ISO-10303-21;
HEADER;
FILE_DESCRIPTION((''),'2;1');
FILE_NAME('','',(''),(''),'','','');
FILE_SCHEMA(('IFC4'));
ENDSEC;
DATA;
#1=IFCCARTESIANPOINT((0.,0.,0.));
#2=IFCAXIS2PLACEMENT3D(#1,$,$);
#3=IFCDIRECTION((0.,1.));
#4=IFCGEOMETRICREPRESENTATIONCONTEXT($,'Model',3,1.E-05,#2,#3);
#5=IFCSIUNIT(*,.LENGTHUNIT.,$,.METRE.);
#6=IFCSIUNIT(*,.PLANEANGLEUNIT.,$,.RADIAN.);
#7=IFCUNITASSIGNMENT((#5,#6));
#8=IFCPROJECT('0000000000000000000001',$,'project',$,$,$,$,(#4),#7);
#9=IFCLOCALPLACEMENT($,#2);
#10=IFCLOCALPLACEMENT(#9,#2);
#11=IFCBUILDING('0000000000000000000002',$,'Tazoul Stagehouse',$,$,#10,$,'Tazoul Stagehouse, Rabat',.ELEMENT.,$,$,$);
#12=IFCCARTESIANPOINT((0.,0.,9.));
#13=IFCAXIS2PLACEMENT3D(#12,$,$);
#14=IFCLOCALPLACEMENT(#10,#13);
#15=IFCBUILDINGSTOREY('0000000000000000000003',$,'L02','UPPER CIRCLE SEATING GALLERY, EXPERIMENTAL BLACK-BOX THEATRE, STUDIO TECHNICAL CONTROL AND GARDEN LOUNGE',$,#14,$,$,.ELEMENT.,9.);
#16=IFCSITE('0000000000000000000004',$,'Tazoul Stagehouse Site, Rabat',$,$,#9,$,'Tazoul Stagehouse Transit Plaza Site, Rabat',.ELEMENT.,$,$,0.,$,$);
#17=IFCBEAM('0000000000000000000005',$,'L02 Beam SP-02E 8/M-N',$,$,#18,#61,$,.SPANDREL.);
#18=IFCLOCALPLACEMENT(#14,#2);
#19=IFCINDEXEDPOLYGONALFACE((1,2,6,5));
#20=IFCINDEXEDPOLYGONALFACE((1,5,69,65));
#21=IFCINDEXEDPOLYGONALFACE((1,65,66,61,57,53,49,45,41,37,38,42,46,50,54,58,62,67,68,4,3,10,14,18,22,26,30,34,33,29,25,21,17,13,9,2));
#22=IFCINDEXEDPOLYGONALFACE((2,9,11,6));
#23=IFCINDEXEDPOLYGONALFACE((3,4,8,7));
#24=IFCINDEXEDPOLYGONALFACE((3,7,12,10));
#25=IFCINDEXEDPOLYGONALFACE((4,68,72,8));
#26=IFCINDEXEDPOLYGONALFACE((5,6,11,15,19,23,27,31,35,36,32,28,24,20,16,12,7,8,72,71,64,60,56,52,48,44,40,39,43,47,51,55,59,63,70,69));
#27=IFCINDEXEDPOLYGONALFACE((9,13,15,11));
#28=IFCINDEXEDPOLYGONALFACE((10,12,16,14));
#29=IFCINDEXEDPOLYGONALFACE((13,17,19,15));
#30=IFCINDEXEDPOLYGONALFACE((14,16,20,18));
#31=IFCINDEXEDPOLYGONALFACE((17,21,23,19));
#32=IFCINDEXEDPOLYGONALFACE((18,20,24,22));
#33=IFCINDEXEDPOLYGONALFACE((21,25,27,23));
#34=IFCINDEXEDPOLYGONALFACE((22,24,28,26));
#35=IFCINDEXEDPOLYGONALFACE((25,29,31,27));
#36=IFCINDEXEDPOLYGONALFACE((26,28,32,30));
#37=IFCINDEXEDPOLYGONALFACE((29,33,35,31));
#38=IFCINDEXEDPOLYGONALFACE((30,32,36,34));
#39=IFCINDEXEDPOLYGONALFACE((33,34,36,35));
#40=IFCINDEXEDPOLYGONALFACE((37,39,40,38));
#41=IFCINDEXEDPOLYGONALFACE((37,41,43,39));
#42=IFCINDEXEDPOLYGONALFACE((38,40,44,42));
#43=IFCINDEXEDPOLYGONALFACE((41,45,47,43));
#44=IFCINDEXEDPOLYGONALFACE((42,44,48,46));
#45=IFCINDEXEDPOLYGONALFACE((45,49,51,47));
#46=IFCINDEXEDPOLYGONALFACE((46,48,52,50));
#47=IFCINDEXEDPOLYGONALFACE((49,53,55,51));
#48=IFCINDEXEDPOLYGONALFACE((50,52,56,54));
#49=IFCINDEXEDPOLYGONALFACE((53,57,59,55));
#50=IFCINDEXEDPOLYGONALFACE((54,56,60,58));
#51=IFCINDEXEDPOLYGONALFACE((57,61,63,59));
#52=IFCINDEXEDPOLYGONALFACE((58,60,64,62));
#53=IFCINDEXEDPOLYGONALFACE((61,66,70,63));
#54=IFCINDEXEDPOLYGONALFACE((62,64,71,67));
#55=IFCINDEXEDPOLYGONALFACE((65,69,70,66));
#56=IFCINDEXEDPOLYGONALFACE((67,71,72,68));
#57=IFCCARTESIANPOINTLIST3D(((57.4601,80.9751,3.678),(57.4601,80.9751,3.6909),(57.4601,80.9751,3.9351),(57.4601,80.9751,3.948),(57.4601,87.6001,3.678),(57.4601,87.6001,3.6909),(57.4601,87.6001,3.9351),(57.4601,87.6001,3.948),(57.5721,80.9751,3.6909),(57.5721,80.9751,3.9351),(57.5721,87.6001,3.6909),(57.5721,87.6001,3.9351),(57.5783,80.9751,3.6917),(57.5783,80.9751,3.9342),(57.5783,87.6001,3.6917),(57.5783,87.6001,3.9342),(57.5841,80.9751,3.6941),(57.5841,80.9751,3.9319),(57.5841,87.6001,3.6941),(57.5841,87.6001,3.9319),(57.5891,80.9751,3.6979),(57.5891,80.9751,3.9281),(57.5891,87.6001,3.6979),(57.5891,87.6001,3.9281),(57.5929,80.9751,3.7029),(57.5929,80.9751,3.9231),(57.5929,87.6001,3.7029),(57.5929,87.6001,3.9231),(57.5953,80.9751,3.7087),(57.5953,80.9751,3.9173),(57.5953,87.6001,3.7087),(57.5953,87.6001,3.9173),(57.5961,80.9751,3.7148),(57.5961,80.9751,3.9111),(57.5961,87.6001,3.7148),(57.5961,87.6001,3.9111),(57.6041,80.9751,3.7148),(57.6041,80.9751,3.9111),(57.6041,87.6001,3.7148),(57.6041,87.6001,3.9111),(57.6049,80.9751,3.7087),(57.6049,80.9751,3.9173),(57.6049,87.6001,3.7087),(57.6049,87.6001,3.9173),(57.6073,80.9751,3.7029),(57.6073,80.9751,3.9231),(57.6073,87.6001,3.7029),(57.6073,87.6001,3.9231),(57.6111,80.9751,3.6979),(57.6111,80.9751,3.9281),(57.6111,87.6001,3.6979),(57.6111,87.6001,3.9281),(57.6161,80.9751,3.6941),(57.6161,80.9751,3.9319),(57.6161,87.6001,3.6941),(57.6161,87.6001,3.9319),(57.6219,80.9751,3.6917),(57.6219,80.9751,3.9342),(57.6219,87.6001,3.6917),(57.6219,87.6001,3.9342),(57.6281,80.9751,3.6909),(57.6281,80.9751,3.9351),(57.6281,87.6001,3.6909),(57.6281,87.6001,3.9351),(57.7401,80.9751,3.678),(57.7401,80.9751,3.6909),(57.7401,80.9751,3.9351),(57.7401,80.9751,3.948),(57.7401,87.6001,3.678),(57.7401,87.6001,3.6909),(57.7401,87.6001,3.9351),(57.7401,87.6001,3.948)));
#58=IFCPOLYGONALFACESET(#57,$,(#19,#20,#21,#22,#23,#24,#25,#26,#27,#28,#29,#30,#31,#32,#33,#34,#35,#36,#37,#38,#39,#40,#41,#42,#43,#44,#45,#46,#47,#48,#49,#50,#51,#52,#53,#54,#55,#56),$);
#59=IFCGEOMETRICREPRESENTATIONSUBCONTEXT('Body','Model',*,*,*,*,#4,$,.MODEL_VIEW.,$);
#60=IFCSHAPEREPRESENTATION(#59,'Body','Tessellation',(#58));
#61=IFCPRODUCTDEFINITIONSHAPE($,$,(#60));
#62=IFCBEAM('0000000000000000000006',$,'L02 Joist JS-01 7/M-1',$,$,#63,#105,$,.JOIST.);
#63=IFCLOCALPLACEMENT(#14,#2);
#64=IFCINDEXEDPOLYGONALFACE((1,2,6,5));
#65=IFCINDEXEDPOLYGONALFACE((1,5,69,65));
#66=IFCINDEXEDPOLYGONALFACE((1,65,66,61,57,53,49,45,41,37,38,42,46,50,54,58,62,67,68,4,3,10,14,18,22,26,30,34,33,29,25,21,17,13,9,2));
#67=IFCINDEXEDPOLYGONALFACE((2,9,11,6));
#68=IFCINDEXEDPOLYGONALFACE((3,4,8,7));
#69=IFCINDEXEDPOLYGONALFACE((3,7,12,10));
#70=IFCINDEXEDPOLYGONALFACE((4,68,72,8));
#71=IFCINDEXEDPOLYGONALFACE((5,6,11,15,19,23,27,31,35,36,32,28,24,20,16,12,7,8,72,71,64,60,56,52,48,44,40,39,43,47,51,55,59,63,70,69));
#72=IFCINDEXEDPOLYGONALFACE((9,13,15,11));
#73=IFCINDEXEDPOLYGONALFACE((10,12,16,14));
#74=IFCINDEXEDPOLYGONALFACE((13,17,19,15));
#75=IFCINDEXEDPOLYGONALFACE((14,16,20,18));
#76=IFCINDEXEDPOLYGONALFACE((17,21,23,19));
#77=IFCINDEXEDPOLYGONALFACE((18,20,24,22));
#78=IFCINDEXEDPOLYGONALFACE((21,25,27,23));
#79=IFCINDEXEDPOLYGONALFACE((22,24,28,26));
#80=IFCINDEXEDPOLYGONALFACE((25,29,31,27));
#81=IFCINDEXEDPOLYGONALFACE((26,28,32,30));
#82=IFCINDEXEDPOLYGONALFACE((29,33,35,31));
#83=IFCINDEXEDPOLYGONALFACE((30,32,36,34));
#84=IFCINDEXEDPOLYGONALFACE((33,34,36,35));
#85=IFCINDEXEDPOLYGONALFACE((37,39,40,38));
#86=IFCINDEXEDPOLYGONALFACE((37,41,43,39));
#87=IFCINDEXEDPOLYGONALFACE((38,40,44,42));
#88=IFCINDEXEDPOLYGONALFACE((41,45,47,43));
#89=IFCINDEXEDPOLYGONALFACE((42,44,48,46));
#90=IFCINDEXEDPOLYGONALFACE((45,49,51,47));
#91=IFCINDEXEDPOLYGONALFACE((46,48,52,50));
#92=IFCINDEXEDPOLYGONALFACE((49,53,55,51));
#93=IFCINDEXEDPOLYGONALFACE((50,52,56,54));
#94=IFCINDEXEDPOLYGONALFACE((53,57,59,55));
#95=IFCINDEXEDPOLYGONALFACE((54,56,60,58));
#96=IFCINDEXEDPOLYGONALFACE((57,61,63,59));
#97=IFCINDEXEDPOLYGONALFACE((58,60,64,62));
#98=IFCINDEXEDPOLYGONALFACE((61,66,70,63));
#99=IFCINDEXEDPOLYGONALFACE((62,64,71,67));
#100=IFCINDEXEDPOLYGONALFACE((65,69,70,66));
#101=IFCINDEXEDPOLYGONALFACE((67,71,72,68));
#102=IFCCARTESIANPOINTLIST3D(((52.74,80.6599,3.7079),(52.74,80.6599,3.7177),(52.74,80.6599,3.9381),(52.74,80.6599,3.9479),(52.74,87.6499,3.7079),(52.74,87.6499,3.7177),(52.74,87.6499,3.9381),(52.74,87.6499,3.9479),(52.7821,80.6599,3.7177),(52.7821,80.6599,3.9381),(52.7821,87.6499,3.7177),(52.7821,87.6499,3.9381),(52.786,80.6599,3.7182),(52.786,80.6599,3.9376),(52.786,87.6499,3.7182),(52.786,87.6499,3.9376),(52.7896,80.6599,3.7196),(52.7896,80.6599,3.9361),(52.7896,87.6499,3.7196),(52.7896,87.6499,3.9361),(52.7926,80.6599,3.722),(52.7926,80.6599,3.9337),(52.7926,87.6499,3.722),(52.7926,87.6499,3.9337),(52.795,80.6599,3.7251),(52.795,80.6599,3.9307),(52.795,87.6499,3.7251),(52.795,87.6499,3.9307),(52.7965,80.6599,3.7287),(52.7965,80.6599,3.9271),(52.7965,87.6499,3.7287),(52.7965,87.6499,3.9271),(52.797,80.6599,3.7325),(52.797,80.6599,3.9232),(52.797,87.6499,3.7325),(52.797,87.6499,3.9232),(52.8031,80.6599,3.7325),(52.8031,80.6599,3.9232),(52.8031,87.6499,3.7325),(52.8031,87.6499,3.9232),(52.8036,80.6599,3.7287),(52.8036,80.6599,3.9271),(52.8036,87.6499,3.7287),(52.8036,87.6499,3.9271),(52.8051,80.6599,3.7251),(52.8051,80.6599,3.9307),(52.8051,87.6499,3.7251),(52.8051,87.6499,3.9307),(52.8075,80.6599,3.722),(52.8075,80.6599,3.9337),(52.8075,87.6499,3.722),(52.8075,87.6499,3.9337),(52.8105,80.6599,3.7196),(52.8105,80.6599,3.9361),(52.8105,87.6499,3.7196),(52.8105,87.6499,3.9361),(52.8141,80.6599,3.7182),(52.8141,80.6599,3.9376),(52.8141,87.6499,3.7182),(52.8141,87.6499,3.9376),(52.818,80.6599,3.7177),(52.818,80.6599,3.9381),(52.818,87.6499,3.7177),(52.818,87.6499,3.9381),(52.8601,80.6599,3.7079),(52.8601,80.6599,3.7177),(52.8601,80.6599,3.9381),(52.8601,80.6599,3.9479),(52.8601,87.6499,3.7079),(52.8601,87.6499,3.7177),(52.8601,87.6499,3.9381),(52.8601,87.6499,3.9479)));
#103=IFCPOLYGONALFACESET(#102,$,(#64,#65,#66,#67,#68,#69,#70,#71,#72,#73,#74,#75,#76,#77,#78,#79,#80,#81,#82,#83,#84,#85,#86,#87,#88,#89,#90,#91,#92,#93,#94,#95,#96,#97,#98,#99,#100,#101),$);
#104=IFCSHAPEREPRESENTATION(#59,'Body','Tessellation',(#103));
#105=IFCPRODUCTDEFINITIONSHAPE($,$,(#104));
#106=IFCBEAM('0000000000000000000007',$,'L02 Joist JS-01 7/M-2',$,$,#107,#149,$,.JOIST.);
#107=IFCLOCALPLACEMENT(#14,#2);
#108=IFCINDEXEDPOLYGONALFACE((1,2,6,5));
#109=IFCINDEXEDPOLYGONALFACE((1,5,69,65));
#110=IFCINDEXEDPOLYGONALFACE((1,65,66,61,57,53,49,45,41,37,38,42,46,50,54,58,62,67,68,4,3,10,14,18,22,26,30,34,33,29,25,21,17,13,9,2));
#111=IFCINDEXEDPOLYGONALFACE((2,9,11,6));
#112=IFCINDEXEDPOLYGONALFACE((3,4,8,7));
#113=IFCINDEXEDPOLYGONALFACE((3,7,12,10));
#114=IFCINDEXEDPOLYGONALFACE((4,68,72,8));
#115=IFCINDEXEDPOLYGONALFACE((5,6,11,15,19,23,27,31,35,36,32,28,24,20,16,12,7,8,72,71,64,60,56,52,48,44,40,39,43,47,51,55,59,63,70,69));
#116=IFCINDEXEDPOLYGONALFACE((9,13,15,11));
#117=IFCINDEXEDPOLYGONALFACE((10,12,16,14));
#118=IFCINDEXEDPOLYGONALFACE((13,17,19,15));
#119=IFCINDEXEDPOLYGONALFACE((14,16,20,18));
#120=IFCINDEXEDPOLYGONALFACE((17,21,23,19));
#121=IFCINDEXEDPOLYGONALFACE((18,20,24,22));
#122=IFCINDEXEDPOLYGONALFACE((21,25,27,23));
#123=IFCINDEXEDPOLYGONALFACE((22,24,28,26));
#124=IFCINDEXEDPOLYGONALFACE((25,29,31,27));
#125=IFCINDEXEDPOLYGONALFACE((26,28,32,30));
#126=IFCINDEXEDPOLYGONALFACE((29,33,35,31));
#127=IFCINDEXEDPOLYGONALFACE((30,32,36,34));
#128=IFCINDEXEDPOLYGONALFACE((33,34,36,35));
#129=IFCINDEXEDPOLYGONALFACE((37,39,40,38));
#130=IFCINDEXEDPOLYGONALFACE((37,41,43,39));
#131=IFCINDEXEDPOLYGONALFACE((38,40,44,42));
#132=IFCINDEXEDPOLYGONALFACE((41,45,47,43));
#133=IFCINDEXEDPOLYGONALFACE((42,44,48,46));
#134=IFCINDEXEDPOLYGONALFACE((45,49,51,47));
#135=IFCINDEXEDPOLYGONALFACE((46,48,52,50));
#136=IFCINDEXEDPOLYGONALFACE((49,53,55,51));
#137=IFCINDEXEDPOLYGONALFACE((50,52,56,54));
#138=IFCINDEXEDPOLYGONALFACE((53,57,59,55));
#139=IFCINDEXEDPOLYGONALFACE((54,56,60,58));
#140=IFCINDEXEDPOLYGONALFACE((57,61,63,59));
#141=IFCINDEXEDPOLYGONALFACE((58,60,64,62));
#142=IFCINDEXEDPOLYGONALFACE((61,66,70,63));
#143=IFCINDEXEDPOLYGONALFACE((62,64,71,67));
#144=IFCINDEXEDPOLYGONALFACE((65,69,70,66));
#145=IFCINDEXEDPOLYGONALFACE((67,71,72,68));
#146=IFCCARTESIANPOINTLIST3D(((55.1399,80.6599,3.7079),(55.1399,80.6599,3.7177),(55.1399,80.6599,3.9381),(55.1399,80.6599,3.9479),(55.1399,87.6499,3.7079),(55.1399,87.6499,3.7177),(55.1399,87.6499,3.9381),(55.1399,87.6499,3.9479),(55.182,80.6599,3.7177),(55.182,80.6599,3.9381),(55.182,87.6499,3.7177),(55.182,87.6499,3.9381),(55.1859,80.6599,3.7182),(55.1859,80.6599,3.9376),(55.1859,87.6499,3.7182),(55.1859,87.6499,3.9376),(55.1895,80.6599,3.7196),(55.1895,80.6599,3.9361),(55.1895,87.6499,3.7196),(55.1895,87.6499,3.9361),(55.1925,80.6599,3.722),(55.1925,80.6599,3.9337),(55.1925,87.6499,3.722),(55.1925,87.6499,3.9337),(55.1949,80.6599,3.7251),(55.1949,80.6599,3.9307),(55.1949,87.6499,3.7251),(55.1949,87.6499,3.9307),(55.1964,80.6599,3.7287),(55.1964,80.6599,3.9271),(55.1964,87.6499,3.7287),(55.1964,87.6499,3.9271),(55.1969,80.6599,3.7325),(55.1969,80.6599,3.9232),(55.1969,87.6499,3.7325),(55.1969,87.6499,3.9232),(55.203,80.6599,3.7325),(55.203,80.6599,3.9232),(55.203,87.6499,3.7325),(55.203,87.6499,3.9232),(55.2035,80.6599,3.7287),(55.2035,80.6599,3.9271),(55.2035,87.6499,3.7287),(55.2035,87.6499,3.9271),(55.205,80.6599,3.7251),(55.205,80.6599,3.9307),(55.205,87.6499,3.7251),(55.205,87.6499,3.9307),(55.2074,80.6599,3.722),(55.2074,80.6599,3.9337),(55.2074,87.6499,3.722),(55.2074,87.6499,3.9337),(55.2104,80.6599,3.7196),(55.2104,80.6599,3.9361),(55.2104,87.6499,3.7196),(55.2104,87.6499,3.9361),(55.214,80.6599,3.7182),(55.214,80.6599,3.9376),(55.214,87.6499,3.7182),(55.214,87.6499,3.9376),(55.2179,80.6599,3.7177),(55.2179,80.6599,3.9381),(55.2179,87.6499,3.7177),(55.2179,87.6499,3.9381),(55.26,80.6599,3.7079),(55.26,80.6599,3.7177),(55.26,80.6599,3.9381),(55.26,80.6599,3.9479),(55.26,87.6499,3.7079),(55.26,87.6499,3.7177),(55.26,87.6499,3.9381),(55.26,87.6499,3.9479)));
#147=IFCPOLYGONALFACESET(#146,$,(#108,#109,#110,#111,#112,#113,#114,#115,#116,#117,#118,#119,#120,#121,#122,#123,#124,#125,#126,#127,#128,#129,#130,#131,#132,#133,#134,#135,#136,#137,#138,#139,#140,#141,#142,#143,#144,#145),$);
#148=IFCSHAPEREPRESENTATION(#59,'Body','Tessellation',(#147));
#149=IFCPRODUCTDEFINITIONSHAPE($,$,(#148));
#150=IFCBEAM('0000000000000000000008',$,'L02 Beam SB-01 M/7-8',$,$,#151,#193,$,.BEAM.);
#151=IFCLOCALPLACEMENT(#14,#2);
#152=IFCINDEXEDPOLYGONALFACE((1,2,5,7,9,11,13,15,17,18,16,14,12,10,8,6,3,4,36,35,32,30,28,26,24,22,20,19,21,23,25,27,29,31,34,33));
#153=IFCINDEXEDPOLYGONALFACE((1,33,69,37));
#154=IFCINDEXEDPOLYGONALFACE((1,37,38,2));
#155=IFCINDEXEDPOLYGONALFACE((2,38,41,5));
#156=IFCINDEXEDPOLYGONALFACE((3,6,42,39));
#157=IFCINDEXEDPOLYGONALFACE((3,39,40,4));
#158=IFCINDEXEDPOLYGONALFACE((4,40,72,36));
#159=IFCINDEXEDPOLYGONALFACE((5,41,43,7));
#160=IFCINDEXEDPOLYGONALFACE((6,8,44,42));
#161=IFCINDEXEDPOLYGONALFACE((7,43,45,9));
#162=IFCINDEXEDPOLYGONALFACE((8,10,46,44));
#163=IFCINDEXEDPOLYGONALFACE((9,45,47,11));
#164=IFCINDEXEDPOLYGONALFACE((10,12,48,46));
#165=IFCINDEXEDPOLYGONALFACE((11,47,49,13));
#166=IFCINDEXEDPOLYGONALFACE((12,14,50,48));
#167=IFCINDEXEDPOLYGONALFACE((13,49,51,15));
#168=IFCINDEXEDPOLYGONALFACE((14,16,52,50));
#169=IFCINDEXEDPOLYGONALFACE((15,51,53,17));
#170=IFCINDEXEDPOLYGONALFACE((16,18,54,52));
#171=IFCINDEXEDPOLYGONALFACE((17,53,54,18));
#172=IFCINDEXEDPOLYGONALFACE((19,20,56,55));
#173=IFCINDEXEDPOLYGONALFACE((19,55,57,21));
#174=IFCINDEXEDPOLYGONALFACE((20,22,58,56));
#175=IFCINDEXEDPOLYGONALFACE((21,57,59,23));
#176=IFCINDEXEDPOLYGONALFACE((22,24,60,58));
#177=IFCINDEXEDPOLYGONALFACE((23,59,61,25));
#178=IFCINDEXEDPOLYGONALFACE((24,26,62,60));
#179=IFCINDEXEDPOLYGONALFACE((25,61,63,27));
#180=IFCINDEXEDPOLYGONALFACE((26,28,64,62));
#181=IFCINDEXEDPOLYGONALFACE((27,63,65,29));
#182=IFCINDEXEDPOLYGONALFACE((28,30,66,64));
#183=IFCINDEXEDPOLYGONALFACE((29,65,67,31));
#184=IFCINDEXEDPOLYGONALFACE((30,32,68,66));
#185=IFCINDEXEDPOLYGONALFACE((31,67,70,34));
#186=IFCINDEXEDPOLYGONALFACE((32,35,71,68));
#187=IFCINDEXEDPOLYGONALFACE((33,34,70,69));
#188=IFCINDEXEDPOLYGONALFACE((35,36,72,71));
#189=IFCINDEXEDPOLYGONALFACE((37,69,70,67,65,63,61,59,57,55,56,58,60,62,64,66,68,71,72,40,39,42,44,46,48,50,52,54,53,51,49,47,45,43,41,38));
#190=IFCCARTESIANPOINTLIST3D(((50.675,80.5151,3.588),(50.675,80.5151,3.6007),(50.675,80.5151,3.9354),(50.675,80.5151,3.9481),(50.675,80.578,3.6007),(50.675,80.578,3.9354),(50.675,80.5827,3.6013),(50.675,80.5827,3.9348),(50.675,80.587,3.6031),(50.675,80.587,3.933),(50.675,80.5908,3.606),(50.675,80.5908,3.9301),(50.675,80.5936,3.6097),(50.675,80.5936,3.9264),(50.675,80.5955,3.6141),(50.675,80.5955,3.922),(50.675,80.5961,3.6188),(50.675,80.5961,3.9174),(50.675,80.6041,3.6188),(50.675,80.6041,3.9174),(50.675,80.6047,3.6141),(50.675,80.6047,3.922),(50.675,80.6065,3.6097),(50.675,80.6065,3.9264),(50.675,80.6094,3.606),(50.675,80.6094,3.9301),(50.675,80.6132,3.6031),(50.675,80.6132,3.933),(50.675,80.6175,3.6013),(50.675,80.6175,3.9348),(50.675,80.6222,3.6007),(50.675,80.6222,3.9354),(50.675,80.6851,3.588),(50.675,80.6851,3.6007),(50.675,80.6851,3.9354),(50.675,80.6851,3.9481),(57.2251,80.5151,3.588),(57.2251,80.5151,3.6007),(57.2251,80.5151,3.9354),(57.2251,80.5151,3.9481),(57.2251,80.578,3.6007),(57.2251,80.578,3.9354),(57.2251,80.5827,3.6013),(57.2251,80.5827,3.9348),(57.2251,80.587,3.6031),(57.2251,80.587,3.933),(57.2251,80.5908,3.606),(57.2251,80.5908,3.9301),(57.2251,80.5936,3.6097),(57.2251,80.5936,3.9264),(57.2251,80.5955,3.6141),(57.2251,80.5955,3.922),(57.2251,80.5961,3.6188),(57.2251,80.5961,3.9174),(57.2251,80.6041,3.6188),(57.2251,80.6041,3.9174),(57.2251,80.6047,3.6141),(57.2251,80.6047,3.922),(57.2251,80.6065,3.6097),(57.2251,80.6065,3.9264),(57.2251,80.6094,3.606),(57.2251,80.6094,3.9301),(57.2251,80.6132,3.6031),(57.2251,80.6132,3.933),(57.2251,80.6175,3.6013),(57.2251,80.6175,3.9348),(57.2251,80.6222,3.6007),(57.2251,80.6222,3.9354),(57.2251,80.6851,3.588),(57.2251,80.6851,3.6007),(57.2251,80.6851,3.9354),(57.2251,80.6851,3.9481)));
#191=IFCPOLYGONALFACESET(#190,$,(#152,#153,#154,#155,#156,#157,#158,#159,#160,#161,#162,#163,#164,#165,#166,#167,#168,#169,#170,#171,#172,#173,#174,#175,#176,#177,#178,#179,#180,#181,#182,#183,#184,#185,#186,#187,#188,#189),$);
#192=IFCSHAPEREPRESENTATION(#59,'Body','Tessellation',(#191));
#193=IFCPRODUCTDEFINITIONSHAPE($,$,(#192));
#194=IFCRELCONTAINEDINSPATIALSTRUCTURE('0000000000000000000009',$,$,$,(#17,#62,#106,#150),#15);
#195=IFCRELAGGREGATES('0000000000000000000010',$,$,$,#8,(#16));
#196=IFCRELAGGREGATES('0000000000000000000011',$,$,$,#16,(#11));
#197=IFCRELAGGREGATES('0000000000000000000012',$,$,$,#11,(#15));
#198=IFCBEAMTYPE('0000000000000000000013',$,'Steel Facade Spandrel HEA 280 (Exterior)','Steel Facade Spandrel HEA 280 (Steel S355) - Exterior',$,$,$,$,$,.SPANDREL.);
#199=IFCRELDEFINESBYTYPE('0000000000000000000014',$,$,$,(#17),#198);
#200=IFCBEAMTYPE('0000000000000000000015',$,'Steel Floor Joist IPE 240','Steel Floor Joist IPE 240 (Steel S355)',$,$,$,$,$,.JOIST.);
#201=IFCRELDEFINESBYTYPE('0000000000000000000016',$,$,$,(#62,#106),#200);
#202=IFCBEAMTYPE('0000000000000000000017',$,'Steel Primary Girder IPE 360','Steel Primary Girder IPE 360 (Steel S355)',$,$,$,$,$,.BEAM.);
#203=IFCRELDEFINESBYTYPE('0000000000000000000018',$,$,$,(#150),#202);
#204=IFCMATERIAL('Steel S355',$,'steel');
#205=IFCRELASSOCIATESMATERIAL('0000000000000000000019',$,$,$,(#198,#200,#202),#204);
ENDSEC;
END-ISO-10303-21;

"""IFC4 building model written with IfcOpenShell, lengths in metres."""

from ifc_helpers import new_model, si_unit, direction, frame, origin, origin_2d, place, context, subcontext, project, spatial, i_section, extrude, material, material_profile, profile_set, type_object, element, save


model = new_model("IFC4")

# Units and contexts
model_context = context("Model", 3, precision=1e-05, world=origin(), true_north=direction((0.0, 1.0)))
body_context = subcontext(model_context, "Body", "Model", "MODEL_VIEW")
ifc_project = project(units=[si_unit("LENGTHUNIT", "METRE"), si_unit("PLANEANGLEUNIT", "RADIAN")], contexts=[model_context])

# Site, building, storey
site_placement = place(None, origin())
site = spatial("IfcSite", under=ifc_project, at=site_placement, Name="Tazoul Stagehouse Site, Rabat", LongName="Tazoul Stagehouse Transit Plaza Site, Rabat", CompositionType="ELEMENT", RefElevation=0.0)
building_placement = place(site_placement, origin())
building = spatial("IfcBuilding", under=site, at=building_placement, Name="Tazoul Stagehouse", LongName="Tazoul Stagehouse, Rabat", CompositionType="ELEMENT")
storey_placement = place(building_placement, frame((0.0, 0.0, 9.0)))
storey = spatial("IfcBuildingStorey", under=building, at=storey_placement, Name="L02", Description="UPPER CIRCLE SEATING GALLERY, EXPERIMENTAL BLACK-BOX THEATRE, STUDIO TECHNICAL CONTROL AND GARDEN LOUNGE", CompositionType="ELEMENT", Elevation=9.0)

# Beams
ifc_material_1 = material(Name="Steel S355", Category="steel")
ifc_material_profile_1 = material_profile(ifc_material_1, i_section(OverallWidth=0.28, OverallDepth=0.27, WebThickness=0.0081, FlangeThickness=0.0129, FilletRadius=0.0239, at=origin_2d()), Name="HEA 280")
ifc_profile_set_1 = profile_set([ifc_material_profile_1], Name="Steel S355")
beam_type_1 = type_object("IfcBeamType", Name="Steel Facade Spandrel HEA 280 (Exterior)", Description="Steel Facade Spandrel HEA 280 (Steel S355) - Exterior", PredefinedType="SPANDREL", material=ifc_profile_set_1)
beam_1_placement = place(storey_placement, frame((57.6001, 80.9751, 3.813), z_axis=(0.0, 1.0, 0.0), x_axis=(-1.0, 0.0, 0.0)))
element("IfcBeam", 1, at=beam_1_placement, inside=storey, type_object=beam_type_1, Name="L02 Beam SP-02E 8/M-N", PredefinedType="SPANDREL", context=body_context, shape_type="SweptSolid", body=[
    extrude(i_section(OverallWidth=0.28, OverallDepth=0.27, WebThickness=0.0081, FlangeThickness=0.0129, FilletRadius=0.0239, at=origin_2d()), origin(), (0.0, 0.0, 1.0), 6.625),
])
ifc_material_profile_2 = material_profile(ifc_material_1, i_section(OverallWidth=0.1201, OverallDepth=0.24, WebThickness=0.0061, FlangeThickness=0.0098, FilletRadius=0.0149, at=origin_2d()), Name="IPE 240")
ifc_profile_set_2 = profile_set([ifc_material_profile_2], Name="Steel S355")
beam_type_2 = type_object("IfcBeamType", Name="Steel Floor Joist IPE 240", Description="Steel Floor Joist IPE 240 (Steel S355)", PredefinedType="JOIST", material=ifc_profile_set_2)
for number, where, z_axis, x_axis, name in (
    (2, (52.8, 80.6599, 3.8279), (0.0, 1.0, 0.0), (-1.0, 0.0, 0.0), "L02 Joist JS-01 7/M-1"),
    (3, (55.2, 80.6599, 3.8279), (0.0, 1.0, 0.0), (-1.0, 0.0, 0.0), "L02 Joist JS-01 7/M-2"),
):
    element("IfcBeam", number, at=place(storey_placement, frame(where, z_axis=z_axis, x_axis=x_axis)), inside=storey, type_object=beam_type_2, Name=name, PredefinedType="JOIST", context=body_context, shape_type="SweptSolid", body=[
        extrude(i_section(OverallWidth=0.1201, OverallDepth=0.24, WebThickness=0.0061, FlangeThickness=0.0098, FilletRadius=0.0149, at=origin_2d()), origin(), (0.0, 0.0, 1.0), 6.99),
    ])
ifc_material_profile_3 = material_profile(ifc_material_1, i_section(OverallWidth=0.1699, OverallDepth=0.3601, WebThickness=0.0081, FlangeThickness=0.0127, FilletRadius=0.0181, at=origin_2d()), Name="IPE 360")
ifc_profile_set_3 = profile_set([ifc_material_profile_3], Name="Steel S355")
beam_type_3 = type_object("IfcBeamType", Name="Steel Primary Girder IPE 360", Description="Steel Primary Girder IPE 360 (Steel S355)", PredefinedType="BEAM", material=ifc_profile_set_3)
beam_2_placement = place(storey_placement, frame((50.675, 80.6001, 3.7681), z_axis=(1.0, 0.0, 0.0), x_axis=(0.0, 1.0, 0.0)))
element("IfcBeam", 4, at=beam_2_placement, inside=storey, type_object=beam_type_3, Name="L02 Beam SB-01 M/7-8", PredefinedType="BEAM", context=body_context, shape_type="SweptSolid", body=[
    extrude(i_section(OverallWidth=0.1699, OverallDepth=0.3601, WebThickness=0.0081, FlangeThickness=0.0127, FilletRadius=0.0181, at=origin_2d()), origin(), (0.0, 0.0, 1.0), 6.55),
])

save(model, "model.ifc")
